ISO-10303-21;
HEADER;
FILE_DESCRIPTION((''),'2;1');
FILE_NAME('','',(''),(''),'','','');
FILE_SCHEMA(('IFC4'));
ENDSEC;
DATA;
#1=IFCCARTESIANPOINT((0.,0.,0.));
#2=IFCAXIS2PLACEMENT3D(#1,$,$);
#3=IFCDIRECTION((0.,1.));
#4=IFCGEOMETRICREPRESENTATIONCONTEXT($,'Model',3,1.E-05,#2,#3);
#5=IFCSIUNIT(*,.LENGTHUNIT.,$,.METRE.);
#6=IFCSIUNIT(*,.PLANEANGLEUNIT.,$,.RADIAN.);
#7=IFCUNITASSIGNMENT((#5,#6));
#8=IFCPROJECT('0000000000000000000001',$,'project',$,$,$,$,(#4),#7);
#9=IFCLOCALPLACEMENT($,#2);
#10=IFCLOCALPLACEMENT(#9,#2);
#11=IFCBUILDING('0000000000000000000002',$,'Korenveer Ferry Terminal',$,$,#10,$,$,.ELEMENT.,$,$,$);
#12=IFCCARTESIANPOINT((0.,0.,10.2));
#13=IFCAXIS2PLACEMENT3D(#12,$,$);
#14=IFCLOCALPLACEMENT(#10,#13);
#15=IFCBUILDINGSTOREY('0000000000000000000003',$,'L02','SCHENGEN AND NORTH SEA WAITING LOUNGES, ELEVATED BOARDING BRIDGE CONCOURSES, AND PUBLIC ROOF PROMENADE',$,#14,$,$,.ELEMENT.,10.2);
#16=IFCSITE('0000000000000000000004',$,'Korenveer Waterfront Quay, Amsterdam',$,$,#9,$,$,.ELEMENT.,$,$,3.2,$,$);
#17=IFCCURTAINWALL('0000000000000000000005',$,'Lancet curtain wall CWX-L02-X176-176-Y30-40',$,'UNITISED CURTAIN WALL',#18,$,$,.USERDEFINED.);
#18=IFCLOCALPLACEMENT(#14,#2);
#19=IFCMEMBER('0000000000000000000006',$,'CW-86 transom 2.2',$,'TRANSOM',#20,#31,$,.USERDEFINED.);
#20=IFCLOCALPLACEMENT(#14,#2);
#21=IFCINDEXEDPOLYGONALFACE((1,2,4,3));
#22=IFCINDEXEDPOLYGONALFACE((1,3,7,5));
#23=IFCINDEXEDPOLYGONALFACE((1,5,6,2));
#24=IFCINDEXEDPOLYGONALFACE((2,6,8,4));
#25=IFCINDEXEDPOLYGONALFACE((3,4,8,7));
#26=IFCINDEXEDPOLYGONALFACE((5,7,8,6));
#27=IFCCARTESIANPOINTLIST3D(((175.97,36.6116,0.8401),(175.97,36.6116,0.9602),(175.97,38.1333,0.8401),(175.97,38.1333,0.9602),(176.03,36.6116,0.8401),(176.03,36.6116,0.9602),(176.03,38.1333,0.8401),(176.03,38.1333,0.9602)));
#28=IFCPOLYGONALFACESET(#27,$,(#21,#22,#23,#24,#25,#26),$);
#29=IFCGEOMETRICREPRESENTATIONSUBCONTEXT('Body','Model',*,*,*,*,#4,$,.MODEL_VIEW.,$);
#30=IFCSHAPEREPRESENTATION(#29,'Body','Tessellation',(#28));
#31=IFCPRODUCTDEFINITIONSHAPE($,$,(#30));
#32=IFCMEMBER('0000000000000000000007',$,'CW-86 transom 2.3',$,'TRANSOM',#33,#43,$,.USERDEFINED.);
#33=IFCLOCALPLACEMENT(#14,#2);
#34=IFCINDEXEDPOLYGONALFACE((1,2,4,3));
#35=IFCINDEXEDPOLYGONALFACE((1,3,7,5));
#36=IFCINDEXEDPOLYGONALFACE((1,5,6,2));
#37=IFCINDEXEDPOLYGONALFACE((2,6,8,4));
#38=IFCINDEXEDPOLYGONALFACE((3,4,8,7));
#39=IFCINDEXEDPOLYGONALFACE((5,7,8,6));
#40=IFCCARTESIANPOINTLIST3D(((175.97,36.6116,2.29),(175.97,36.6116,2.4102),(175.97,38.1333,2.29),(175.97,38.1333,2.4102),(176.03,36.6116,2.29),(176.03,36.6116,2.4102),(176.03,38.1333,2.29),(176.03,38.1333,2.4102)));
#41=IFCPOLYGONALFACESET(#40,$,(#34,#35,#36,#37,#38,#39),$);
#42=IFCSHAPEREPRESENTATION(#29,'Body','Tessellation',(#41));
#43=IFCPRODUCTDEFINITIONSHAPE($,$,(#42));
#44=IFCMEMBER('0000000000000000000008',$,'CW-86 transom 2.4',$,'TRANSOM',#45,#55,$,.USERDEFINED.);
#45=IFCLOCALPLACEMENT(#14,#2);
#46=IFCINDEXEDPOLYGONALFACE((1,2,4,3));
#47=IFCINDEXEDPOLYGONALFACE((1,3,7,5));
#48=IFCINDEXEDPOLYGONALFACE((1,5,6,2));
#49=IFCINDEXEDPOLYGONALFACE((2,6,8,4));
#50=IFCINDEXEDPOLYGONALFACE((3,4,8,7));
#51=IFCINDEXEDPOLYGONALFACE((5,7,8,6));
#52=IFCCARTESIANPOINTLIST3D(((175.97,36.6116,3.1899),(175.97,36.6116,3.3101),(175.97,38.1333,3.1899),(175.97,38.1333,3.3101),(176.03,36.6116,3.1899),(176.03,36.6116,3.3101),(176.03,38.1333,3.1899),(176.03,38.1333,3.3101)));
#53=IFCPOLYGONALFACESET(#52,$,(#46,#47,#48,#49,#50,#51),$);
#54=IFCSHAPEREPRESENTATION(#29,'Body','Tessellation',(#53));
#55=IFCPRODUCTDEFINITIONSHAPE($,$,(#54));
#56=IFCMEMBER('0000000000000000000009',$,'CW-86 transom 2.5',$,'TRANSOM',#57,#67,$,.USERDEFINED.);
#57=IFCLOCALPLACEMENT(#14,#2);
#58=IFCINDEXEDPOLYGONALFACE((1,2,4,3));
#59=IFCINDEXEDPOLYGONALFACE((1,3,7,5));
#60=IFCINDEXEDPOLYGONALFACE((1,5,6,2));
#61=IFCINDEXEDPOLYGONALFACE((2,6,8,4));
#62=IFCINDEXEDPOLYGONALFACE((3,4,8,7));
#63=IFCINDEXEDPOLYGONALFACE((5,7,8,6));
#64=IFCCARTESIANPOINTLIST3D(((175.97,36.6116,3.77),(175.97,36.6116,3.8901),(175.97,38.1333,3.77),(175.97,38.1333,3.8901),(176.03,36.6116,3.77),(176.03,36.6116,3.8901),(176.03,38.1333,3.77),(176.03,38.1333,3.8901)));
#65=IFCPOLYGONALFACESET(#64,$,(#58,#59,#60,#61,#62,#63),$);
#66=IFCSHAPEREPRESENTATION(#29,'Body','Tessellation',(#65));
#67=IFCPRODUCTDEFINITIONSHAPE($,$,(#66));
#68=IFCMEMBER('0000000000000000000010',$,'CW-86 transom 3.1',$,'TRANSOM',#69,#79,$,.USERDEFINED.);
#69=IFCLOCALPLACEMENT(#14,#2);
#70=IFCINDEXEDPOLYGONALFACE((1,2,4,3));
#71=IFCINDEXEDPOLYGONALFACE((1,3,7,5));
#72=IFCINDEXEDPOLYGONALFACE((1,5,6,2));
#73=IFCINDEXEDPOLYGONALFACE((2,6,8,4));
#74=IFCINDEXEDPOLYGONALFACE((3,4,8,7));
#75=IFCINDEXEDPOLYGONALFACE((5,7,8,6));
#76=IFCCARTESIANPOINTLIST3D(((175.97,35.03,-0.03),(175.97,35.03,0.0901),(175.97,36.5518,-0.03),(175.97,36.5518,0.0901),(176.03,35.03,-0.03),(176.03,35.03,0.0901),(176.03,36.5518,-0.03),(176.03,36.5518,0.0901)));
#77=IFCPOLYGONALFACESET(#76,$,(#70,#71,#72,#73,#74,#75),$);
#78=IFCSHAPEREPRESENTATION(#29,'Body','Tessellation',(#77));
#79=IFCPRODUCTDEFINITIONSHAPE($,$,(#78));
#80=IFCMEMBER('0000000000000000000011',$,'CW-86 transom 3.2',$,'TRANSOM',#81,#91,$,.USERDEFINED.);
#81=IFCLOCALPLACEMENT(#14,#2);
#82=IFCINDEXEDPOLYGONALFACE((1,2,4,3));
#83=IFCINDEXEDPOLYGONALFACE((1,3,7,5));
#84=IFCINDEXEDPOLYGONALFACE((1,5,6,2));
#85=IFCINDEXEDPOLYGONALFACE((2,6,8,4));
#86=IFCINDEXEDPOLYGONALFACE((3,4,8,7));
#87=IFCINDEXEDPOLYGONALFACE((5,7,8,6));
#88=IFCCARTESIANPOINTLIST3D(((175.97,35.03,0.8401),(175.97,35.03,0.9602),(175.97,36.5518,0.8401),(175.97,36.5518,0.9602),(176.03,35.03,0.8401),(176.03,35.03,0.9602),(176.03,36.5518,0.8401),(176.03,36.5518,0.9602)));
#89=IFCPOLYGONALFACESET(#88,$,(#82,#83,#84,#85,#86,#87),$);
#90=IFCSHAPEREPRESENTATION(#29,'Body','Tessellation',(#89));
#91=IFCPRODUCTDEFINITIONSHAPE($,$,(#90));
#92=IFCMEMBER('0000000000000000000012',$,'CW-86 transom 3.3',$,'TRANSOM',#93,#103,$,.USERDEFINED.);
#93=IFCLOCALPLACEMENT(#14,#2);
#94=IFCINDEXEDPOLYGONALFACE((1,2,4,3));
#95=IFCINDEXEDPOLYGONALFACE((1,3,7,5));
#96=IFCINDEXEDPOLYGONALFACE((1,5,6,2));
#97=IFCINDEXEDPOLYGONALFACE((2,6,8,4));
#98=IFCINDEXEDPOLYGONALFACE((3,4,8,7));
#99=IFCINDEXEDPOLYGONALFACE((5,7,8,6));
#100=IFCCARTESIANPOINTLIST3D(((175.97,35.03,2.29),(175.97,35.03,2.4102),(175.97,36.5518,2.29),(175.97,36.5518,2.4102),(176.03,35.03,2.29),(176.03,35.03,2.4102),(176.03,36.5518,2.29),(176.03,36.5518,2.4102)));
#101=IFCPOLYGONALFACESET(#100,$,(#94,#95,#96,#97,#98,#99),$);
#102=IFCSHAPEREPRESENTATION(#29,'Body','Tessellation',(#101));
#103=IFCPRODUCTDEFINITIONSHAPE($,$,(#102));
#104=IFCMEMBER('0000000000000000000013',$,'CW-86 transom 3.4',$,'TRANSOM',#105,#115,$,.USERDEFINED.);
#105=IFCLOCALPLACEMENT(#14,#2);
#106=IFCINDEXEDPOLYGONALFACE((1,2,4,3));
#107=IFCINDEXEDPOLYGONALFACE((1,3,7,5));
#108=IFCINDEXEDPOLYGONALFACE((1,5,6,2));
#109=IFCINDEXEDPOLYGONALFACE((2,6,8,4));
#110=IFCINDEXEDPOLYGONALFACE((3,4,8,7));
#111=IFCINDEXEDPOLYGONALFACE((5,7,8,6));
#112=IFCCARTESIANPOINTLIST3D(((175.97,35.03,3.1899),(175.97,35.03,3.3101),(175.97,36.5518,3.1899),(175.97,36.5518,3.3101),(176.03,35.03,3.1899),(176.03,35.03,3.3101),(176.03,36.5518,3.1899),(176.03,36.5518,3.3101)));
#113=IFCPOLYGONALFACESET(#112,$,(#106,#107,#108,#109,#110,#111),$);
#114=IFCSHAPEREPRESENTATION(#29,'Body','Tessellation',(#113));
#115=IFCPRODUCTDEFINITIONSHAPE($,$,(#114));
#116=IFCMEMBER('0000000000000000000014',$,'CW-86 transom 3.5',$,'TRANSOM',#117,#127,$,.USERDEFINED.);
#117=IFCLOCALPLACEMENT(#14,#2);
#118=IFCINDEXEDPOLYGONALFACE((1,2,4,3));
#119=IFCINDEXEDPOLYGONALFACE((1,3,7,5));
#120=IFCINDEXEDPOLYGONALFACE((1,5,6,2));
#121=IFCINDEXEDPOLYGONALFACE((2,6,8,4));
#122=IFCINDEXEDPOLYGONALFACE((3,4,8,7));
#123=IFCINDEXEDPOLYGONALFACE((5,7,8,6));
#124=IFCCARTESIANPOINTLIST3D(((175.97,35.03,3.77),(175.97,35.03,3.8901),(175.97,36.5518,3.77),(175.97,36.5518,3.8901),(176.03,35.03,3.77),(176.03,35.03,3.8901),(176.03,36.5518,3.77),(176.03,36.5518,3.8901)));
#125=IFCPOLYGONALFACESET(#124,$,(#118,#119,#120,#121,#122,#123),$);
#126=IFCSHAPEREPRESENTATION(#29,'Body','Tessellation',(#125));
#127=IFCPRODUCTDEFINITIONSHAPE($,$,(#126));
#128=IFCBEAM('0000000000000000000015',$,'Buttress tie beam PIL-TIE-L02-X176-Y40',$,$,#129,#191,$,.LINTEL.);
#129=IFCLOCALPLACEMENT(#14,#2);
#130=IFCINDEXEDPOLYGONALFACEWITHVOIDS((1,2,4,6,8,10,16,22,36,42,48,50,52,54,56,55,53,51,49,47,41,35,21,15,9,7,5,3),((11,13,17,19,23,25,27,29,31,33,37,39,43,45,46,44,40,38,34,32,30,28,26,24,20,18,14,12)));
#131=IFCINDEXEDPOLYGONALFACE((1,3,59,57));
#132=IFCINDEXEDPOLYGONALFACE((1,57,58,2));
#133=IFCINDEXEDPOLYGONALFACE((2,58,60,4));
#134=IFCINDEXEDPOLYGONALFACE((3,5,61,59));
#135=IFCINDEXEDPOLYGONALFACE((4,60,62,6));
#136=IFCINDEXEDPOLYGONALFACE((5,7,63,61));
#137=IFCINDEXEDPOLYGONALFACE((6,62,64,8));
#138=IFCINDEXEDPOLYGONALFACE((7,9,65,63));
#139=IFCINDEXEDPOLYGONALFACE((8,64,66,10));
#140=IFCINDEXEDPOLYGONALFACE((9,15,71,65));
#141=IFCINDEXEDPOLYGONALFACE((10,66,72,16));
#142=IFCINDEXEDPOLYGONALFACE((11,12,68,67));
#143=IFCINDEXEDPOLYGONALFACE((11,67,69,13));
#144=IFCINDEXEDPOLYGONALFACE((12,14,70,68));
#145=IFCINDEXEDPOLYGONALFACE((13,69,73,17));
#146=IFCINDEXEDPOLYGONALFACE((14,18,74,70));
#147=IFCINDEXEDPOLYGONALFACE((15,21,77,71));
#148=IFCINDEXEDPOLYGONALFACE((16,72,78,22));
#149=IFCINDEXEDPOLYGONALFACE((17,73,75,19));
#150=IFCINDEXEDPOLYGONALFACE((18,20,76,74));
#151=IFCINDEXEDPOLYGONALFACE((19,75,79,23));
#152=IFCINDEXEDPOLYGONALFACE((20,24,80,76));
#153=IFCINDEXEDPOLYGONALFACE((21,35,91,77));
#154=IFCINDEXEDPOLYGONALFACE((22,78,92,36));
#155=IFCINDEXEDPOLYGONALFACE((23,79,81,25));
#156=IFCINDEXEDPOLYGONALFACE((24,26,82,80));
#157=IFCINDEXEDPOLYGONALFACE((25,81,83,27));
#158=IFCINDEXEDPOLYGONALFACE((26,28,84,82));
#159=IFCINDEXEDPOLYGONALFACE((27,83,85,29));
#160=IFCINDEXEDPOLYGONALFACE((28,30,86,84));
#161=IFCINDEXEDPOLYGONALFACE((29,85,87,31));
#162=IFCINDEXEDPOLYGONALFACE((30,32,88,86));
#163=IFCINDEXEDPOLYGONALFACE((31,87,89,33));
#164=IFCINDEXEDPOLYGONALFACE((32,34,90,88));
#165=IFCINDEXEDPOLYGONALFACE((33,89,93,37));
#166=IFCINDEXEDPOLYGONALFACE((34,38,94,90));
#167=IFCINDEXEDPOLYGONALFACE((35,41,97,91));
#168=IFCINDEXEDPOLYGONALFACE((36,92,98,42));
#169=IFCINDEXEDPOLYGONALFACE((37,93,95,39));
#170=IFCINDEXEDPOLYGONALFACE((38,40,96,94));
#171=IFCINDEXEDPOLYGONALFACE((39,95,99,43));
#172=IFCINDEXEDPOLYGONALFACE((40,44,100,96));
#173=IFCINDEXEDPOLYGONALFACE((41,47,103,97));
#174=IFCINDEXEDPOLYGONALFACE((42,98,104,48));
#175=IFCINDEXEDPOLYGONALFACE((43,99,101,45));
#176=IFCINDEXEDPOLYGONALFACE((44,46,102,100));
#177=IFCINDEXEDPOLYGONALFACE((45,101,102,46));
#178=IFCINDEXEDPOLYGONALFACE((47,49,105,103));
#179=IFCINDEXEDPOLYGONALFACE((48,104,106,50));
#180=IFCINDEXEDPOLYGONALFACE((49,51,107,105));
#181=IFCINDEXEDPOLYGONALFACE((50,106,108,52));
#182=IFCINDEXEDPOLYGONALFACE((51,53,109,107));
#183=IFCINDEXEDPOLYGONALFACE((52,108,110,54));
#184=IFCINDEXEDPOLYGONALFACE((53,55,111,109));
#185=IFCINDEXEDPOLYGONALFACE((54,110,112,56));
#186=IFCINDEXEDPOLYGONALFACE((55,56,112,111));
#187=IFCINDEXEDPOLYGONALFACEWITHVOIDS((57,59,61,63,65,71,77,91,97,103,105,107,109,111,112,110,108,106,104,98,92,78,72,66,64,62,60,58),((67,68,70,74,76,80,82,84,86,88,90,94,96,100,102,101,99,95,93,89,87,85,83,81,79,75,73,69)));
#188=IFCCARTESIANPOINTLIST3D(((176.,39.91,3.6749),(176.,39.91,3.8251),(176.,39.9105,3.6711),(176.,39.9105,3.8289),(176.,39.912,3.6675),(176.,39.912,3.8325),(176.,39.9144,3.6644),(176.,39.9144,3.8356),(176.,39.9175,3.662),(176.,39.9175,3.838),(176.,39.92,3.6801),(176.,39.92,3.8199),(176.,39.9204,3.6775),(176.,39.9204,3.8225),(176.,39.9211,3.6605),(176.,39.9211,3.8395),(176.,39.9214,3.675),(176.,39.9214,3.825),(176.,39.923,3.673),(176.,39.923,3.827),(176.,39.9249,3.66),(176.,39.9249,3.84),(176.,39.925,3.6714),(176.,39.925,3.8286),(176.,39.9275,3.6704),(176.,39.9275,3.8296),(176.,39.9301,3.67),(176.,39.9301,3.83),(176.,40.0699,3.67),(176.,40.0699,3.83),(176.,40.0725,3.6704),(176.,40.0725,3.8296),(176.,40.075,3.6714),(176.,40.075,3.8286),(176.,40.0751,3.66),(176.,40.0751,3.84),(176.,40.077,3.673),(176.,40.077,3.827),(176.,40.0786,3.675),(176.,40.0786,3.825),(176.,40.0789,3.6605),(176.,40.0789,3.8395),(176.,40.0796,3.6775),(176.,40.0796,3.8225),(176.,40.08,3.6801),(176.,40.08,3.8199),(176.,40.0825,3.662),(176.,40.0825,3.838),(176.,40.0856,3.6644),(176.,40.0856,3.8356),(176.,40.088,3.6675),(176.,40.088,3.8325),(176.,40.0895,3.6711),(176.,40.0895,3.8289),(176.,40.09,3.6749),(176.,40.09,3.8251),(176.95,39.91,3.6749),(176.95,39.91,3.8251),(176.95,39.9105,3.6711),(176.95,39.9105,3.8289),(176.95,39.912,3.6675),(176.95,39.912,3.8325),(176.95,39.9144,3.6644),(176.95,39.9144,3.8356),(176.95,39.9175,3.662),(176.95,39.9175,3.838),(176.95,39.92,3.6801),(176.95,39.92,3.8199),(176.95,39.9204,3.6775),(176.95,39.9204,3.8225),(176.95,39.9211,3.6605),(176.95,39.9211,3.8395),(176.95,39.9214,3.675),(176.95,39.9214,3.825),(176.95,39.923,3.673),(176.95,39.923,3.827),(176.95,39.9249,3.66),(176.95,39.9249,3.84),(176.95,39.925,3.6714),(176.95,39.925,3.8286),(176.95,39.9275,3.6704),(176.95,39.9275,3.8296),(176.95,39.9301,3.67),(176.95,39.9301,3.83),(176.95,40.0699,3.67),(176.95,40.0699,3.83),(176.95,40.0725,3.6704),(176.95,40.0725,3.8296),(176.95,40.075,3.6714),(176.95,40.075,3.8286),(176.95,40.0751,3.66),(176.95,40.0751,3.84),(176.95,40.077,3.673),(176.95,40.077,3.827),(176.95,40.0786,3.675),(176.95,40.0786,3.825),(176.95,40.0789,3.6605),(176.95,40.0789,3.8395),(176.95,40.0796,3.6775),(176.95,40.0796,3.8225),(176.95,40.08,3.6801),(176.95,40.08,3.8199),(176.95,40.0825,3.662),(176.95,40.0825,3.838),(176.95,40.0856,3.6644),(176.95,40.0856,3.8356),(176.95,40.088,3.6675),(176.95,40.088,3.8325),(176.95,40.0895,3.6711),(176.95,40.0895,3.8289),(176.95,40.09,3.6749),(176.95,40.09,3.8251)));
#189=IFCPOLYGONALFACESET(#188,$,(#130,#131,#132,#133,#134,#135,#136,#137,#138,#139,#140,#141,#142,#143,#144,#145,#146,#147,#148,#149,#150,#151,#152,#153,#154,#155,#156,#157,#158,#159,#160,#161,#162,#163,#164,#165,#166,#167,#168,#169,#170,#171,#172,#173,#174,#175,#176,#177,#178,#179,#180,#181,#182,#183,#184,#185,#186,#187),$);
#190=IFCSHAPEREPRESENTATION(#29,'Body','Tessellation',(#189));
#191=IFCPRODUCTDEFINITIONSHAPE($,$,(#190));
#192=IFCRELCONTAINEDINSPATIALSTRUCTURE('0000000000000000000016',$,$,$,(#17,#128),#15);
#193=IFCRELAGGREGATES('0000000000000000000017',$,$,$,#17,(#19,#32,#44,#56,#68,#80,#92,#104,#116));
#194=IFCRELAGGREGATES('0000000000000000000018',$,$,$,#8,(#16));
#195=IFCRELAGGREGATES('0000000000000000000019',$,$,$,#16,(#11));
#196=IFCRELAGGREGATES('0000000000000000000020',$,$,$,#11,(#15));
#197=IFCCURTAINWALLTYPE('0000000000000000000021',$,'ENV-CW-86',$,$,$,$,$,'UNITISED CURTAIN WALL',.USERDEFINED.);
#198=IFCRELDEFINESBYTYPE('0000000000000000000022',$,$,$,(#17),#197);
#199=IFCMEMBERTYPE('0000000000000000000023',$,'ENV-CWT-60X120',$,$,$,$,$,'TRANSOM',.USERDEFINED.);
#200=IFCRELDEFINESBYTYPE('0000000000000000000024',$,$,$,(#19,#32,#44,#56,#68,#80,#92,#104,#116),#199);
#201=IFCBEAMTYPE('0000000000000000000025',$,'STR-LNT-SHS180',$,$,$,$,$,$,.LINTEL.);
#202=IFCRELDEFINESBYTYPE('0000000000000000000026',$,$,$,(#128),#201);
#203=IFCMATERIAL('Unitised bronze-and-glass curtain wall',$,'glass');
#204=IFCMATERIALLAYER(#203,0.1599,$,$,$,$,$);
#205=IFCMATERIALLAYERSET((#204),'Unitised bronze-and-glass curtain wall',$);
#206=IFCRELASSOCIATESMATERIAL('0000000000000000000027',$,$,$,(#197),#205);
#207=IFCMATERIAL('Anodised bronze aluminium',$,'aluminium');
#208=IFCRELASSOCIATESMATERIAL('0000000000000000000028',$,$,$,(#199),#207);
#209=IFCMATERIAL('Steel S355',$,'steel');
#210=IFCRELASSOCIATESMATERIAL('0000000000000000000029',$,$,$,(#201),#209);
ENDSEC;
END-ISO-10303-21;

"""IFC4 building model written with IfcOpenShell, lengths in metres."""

from ifc_helpers import new_model, si_unit, direction, frame, origin, origin_2d, place, context, subcontext, project, spatial, rectangle, hollow_rectangle, extrude, material, layer, layer_set, material_profile, profile_set, type_object, element, aggregate, save


model = new_model("IFC4")

# Units and contexts
model_context = context("Model", 3, precision=1e-05, world=origin(), true_north=direction((0.0, 1.0)))
body_context = subcontext(model_context, "Body", "Model", "MODEL_VIEW")
ifc_project = project(units=[si_unit("LENGTHUNIT", "METRE"), si_unit("PLANEANGLEUNIT", "RADIAN")], contexts=[model_context])

# Site, building, storey
site_placement = place(None, origin())
site = spatial("IfcSite", under=ifc_project, at=site_placement, Name="Korenveer Waterfront Quay, Amsterdam", CompositionType="ELEMENT", RefElevation=3.2)
building_placement = place(site_placement, origin())
building = spatial("IfcBuilding", under=site, at=building_placement, Name="Korenveer Ferry Terminal", CompositionType="ELEMENT")
storey_placement = place(building_placement, frame((0.0, 0.0, 10.2)))
storey = spatial("IfcBuildingStorey", under=building, at=storey_placement, Name="L02", Description="SCHENGEN AND NORTH SEA WAITING LOUNGES, ELEVATED BOARDING BRIDGE CONCOURSES, AND PUBLIC ROOF PROMENADE", CompositionType="ELEMENT", Elevation=10.2)

# Shared definitions
ifc_material_1 = material(Name="Steel S355", Category="steel")

# Curtain wall, members
ifc_material_2 = material(Name="Unitised bronze-and-glass curtain wall", Category="glass")
ifc_layer_1 = layer(ifc_material_2, 0.1599)
ifc_layer_set_1 = layer_set([ifc_layer_1], Name="Unitised bronze-and-glass curtain wall")
curtain_wall_type = type_object("IfcCurtainWallType", Name="ENV-CW-86", ElementType="UNITISED CURTAIN WALL", PredefinedType="USERDEFINED", material=ifc_layer_set_1)
curtain_wall_placement = place(storey_placement, frame((176.0, 39.7451, 0.0)))
curtain_wall = element("IfcCurtainWall", 1, at=curtain_wall_placement, inside=storey, type_object=curtain_wall_type, Name="Lancet curtain wall CWX-L02-X176-176-Y30-40", ObjectType="UNITISED CURTAIN WALL", PredefinedType="USERDEFINED")
ifc_material_3 = material(Name="Anodised bronze aluminium", Category="aluminium")
ifc_material_profile_1 = material_profile(ifc_material_3, rectangle(XDim=0.0601, YDim=0.1201, at=origin_2d()), Name="ALU 60x120")
ifc_profile_set_1 = profile_set([ifc_material_profile_1], Name="Anodised bronze aluminium")
member_type_1 = type_object("IfcMemberType", Name="ENV-CWT-60X120", ElementType="TRANSOM", PredefinedType="USERDEFINED", material=ifc_profile_set_1)
member_1_placement = place(storey_placement, frame((176.0, 38.1333, 0.9001), z_axis=(0.0, -1.0, 0.0), x_axis=(1.0, 0.0, 0.0)))
member_1 = element("IfcMember", 2, at=member_1_placement, type_object=member_type_1, Name="CW-86 transom 2.2", ObjectType="TRANSOM", PredefinedType="USERDEFINED", context=body_context, shape_type="SweptSolid", body=[
    extrude(rectangle(XDim=0.0601, YDim=0.1201, at=origin_2d()), origin(), (0.0, 0.0, 1.0), 1.5217),
])
member_2_placement = place(storey_placement, frame((176.0, 38.1333, 2.3501), z_axis=(0.0, -1.0, 0.0), x_axis=(1.0, 0.0, 0.0)))
member_2 = element("IfcMember", 3, at=member_2_placement, type_object=member_type_1, Name="CW-86 transom 2.3", ObjectType="TRANSOM", PredefinedType="USERDEFINED", context=body_context, shape_type="SweptSolid", body=[
    extrude(rectangle(XDim=0.0601, YDim=0.1201, at=origin_2d()), origin(), (0.0, 0.0, 1.0), 1.5217),
])
member_3_placement = place(storey_placement, frame((176.0, 38.1333, 3.25), z_axis=(0.0, -1.0, 0.0), x_axis=(1.0, 0.0, 0.0)))
member_3 = element("IfcMember", 4, at=member_3_placement, type_object=member_type_1, Name="CW-86 transom 2.4", ObjectType="TRANSOM", PredefinedType="USERDEFINED", context=body_context, shape_type="SweptSolid", body=[
    extrude(rectangle(XDim=0.0601, YDim=0.1201, at=origin_2d()), origin(), (0.0, 0.0, 1.0), 1.5217),
])
member_4_placement = place(storey_placement, frame((176.0, 38.1333, 3.8301), z_axis=(0.0, -1.0, 0.0), x_axis=(1.0, 0.0, 0.0)))
member_4 = element("IfcMember", 5, at=member_4_placement, type_object=member_type_1, Name="CW-86 transom 2.5", ObjectType="TRANSOM", PredefinedType="USERDEFINED", context=body_context, shape_type="SweptSolid", body=[
    extrude(rectangle(XDim=0.0601, YDim=0.1201, at=origin_2d()), origin(), (0.0, 0.0, 1.0), 1.5217),
])
member_5_placement = place(storey_placement, frame((176.0, 36.5518, 0.03), z_axis=(0.0, -1.0, 0.0), x_axis=(1.0, 0.0, 0.0)))
member_5 = element("IfcMember", 6, at=member_5_placement, type_object=member_type_1, Name="CW-86 transom 3.1", ObjectType="TRANSOM", PredefinedType="USERDEFINED", context=body_context, shape_type="SweptSolid", body=[
    extrude(rectangle(XDim=0.0601, YDim=0.1201, at=origin_2d()), origin(), (0.0, 0.0, 1.0), 1.5217),
])
member_6_placement = place(storey_placement, frame((176.0, 36.5518, 0.9001), z_axis=(0.0, -1.0, 0.0), x_axis=(1.0, 0.0, 0.0)))
member_6 = element("IfcMember", 7, at=member_6_placement, type_object=member_type_1, Name="CW-86 transom 3.2", ObjectType="TRANSOM", PredefinedType="USERDEFINED", context=body_context, shape_type="SweptSolid", body=[
    extrude(rectangle(XDim=0.0601, YDim=0.1201, at=origin_2d()), origin(), (0.0, 0.0, 1.0), 1.5217),
])
member_7_placement = place(storey_placement, frame((176.0, 36.5518, 2.3501), z_axis=(0.0, -1.0, 0.0), x_axis=(1.0, 0.0, 0.0)))
member_7 = element("IfcMember", 8, at=member_7_placement, type_object=member_type_1, Name="CW-86 transom 3.3", ObjectType="TRANSOM", PredefinedType="USERDEFINED", context=body_context, shape_type="SweptSolid", body=[
    extrude(rectangle(XDim=0.0601, YDim=0.1201, at=origin_2d()), origin(), (0.0, 0.0, 1.0), 1.5217),
])
member_8_placement = place(storey_placement, frame((176.0, 36.5518, 3.25), z_axis=(0.0, -1.0, 0.0), x_axis=(1.0, 0.0, 0.0)))
member_8 = element("IfcMember", 9, at=member_8_placement, type_object=member_type_1, Name="CW-86 transom 3.4", ObjectType="TRANSOM", PredefinedType="USERDEFINED", context=body_context, shape_type="SweptSolid", body=[
    extrude(rectangle(XDim=0.0601, YDim=0.1201, at=origin_2d()), origin(), (0.0, 0.0, 1.0), 1.5217),
])
member_9_placement = place(storey_placement, frame((176.0, 36.5518, 3.8301), z_axis=(0.0, -1.0, 0.0), x_axis=(1.0, 0.0, 0.0)))
member_9 = element("IfcMember", 10, at=member_9_placement, type_object=member_type_1, Name="CW-86 transom 3.5", ObjectType="TRANSOM", PredefinedType="USERDEFINED", context=body_context, shape_type="SweptSolid", body=[
    extrude(rectangle(XDim=0.0601, YDim=0.1201, at=origin_2d()), origin(), (0.0, 0.0, 1.0), 1.5217),
])

# Beam
ifc_material_profile_2 = material_profile(ifc_material_1, hollow_rectangle(XDim=0.1799, YDim=0.1799, WallThickness=0.01, InnerFilletRadius=0.01, OuterFilletRadius=0.0149, at=origin_2d()), Name="SHS 180x180x10")
ifc_profile_set_2 = profile_set([ifc_material_profile_2], Name="Steel S355")
beam_type = type_object("IfcBeamType", Name="STR-LNT-SHS180", PredefinedType="LINTEL", material=ifc_profile_set_2)
beam_placement = place(storey_placement, frame((176.0, 40.0, 3.75), z_axis=(1.0, 0.0, 0.0), x_axis=(0.0, 1.0, 0.0)))
element("IfcBeam", 11, at=beam_placement, inside=storey, type_object=beam_type, Name="Buttress tie beam PIL-TIE-L02-X176-Y40", PredefinedType="LINTEL", context=body_context, shape_type="SweptSolid", body=[
    extrude(hollow_rectangle(XDim=0.1799, YDim=0.1799, WallThickness=0.01, InnerFilletRadius=0.01, OuterFilletRadius=0.0149, at=origin_2d()), origin(), (0.0, 0.0, 1.0), 0.95),
])

aggregate(curtain_wall, [member_1, member_2, member_3, member_4, member_5, member_6, member_7, member_8, member_9])

save(model, "model.ifc")
